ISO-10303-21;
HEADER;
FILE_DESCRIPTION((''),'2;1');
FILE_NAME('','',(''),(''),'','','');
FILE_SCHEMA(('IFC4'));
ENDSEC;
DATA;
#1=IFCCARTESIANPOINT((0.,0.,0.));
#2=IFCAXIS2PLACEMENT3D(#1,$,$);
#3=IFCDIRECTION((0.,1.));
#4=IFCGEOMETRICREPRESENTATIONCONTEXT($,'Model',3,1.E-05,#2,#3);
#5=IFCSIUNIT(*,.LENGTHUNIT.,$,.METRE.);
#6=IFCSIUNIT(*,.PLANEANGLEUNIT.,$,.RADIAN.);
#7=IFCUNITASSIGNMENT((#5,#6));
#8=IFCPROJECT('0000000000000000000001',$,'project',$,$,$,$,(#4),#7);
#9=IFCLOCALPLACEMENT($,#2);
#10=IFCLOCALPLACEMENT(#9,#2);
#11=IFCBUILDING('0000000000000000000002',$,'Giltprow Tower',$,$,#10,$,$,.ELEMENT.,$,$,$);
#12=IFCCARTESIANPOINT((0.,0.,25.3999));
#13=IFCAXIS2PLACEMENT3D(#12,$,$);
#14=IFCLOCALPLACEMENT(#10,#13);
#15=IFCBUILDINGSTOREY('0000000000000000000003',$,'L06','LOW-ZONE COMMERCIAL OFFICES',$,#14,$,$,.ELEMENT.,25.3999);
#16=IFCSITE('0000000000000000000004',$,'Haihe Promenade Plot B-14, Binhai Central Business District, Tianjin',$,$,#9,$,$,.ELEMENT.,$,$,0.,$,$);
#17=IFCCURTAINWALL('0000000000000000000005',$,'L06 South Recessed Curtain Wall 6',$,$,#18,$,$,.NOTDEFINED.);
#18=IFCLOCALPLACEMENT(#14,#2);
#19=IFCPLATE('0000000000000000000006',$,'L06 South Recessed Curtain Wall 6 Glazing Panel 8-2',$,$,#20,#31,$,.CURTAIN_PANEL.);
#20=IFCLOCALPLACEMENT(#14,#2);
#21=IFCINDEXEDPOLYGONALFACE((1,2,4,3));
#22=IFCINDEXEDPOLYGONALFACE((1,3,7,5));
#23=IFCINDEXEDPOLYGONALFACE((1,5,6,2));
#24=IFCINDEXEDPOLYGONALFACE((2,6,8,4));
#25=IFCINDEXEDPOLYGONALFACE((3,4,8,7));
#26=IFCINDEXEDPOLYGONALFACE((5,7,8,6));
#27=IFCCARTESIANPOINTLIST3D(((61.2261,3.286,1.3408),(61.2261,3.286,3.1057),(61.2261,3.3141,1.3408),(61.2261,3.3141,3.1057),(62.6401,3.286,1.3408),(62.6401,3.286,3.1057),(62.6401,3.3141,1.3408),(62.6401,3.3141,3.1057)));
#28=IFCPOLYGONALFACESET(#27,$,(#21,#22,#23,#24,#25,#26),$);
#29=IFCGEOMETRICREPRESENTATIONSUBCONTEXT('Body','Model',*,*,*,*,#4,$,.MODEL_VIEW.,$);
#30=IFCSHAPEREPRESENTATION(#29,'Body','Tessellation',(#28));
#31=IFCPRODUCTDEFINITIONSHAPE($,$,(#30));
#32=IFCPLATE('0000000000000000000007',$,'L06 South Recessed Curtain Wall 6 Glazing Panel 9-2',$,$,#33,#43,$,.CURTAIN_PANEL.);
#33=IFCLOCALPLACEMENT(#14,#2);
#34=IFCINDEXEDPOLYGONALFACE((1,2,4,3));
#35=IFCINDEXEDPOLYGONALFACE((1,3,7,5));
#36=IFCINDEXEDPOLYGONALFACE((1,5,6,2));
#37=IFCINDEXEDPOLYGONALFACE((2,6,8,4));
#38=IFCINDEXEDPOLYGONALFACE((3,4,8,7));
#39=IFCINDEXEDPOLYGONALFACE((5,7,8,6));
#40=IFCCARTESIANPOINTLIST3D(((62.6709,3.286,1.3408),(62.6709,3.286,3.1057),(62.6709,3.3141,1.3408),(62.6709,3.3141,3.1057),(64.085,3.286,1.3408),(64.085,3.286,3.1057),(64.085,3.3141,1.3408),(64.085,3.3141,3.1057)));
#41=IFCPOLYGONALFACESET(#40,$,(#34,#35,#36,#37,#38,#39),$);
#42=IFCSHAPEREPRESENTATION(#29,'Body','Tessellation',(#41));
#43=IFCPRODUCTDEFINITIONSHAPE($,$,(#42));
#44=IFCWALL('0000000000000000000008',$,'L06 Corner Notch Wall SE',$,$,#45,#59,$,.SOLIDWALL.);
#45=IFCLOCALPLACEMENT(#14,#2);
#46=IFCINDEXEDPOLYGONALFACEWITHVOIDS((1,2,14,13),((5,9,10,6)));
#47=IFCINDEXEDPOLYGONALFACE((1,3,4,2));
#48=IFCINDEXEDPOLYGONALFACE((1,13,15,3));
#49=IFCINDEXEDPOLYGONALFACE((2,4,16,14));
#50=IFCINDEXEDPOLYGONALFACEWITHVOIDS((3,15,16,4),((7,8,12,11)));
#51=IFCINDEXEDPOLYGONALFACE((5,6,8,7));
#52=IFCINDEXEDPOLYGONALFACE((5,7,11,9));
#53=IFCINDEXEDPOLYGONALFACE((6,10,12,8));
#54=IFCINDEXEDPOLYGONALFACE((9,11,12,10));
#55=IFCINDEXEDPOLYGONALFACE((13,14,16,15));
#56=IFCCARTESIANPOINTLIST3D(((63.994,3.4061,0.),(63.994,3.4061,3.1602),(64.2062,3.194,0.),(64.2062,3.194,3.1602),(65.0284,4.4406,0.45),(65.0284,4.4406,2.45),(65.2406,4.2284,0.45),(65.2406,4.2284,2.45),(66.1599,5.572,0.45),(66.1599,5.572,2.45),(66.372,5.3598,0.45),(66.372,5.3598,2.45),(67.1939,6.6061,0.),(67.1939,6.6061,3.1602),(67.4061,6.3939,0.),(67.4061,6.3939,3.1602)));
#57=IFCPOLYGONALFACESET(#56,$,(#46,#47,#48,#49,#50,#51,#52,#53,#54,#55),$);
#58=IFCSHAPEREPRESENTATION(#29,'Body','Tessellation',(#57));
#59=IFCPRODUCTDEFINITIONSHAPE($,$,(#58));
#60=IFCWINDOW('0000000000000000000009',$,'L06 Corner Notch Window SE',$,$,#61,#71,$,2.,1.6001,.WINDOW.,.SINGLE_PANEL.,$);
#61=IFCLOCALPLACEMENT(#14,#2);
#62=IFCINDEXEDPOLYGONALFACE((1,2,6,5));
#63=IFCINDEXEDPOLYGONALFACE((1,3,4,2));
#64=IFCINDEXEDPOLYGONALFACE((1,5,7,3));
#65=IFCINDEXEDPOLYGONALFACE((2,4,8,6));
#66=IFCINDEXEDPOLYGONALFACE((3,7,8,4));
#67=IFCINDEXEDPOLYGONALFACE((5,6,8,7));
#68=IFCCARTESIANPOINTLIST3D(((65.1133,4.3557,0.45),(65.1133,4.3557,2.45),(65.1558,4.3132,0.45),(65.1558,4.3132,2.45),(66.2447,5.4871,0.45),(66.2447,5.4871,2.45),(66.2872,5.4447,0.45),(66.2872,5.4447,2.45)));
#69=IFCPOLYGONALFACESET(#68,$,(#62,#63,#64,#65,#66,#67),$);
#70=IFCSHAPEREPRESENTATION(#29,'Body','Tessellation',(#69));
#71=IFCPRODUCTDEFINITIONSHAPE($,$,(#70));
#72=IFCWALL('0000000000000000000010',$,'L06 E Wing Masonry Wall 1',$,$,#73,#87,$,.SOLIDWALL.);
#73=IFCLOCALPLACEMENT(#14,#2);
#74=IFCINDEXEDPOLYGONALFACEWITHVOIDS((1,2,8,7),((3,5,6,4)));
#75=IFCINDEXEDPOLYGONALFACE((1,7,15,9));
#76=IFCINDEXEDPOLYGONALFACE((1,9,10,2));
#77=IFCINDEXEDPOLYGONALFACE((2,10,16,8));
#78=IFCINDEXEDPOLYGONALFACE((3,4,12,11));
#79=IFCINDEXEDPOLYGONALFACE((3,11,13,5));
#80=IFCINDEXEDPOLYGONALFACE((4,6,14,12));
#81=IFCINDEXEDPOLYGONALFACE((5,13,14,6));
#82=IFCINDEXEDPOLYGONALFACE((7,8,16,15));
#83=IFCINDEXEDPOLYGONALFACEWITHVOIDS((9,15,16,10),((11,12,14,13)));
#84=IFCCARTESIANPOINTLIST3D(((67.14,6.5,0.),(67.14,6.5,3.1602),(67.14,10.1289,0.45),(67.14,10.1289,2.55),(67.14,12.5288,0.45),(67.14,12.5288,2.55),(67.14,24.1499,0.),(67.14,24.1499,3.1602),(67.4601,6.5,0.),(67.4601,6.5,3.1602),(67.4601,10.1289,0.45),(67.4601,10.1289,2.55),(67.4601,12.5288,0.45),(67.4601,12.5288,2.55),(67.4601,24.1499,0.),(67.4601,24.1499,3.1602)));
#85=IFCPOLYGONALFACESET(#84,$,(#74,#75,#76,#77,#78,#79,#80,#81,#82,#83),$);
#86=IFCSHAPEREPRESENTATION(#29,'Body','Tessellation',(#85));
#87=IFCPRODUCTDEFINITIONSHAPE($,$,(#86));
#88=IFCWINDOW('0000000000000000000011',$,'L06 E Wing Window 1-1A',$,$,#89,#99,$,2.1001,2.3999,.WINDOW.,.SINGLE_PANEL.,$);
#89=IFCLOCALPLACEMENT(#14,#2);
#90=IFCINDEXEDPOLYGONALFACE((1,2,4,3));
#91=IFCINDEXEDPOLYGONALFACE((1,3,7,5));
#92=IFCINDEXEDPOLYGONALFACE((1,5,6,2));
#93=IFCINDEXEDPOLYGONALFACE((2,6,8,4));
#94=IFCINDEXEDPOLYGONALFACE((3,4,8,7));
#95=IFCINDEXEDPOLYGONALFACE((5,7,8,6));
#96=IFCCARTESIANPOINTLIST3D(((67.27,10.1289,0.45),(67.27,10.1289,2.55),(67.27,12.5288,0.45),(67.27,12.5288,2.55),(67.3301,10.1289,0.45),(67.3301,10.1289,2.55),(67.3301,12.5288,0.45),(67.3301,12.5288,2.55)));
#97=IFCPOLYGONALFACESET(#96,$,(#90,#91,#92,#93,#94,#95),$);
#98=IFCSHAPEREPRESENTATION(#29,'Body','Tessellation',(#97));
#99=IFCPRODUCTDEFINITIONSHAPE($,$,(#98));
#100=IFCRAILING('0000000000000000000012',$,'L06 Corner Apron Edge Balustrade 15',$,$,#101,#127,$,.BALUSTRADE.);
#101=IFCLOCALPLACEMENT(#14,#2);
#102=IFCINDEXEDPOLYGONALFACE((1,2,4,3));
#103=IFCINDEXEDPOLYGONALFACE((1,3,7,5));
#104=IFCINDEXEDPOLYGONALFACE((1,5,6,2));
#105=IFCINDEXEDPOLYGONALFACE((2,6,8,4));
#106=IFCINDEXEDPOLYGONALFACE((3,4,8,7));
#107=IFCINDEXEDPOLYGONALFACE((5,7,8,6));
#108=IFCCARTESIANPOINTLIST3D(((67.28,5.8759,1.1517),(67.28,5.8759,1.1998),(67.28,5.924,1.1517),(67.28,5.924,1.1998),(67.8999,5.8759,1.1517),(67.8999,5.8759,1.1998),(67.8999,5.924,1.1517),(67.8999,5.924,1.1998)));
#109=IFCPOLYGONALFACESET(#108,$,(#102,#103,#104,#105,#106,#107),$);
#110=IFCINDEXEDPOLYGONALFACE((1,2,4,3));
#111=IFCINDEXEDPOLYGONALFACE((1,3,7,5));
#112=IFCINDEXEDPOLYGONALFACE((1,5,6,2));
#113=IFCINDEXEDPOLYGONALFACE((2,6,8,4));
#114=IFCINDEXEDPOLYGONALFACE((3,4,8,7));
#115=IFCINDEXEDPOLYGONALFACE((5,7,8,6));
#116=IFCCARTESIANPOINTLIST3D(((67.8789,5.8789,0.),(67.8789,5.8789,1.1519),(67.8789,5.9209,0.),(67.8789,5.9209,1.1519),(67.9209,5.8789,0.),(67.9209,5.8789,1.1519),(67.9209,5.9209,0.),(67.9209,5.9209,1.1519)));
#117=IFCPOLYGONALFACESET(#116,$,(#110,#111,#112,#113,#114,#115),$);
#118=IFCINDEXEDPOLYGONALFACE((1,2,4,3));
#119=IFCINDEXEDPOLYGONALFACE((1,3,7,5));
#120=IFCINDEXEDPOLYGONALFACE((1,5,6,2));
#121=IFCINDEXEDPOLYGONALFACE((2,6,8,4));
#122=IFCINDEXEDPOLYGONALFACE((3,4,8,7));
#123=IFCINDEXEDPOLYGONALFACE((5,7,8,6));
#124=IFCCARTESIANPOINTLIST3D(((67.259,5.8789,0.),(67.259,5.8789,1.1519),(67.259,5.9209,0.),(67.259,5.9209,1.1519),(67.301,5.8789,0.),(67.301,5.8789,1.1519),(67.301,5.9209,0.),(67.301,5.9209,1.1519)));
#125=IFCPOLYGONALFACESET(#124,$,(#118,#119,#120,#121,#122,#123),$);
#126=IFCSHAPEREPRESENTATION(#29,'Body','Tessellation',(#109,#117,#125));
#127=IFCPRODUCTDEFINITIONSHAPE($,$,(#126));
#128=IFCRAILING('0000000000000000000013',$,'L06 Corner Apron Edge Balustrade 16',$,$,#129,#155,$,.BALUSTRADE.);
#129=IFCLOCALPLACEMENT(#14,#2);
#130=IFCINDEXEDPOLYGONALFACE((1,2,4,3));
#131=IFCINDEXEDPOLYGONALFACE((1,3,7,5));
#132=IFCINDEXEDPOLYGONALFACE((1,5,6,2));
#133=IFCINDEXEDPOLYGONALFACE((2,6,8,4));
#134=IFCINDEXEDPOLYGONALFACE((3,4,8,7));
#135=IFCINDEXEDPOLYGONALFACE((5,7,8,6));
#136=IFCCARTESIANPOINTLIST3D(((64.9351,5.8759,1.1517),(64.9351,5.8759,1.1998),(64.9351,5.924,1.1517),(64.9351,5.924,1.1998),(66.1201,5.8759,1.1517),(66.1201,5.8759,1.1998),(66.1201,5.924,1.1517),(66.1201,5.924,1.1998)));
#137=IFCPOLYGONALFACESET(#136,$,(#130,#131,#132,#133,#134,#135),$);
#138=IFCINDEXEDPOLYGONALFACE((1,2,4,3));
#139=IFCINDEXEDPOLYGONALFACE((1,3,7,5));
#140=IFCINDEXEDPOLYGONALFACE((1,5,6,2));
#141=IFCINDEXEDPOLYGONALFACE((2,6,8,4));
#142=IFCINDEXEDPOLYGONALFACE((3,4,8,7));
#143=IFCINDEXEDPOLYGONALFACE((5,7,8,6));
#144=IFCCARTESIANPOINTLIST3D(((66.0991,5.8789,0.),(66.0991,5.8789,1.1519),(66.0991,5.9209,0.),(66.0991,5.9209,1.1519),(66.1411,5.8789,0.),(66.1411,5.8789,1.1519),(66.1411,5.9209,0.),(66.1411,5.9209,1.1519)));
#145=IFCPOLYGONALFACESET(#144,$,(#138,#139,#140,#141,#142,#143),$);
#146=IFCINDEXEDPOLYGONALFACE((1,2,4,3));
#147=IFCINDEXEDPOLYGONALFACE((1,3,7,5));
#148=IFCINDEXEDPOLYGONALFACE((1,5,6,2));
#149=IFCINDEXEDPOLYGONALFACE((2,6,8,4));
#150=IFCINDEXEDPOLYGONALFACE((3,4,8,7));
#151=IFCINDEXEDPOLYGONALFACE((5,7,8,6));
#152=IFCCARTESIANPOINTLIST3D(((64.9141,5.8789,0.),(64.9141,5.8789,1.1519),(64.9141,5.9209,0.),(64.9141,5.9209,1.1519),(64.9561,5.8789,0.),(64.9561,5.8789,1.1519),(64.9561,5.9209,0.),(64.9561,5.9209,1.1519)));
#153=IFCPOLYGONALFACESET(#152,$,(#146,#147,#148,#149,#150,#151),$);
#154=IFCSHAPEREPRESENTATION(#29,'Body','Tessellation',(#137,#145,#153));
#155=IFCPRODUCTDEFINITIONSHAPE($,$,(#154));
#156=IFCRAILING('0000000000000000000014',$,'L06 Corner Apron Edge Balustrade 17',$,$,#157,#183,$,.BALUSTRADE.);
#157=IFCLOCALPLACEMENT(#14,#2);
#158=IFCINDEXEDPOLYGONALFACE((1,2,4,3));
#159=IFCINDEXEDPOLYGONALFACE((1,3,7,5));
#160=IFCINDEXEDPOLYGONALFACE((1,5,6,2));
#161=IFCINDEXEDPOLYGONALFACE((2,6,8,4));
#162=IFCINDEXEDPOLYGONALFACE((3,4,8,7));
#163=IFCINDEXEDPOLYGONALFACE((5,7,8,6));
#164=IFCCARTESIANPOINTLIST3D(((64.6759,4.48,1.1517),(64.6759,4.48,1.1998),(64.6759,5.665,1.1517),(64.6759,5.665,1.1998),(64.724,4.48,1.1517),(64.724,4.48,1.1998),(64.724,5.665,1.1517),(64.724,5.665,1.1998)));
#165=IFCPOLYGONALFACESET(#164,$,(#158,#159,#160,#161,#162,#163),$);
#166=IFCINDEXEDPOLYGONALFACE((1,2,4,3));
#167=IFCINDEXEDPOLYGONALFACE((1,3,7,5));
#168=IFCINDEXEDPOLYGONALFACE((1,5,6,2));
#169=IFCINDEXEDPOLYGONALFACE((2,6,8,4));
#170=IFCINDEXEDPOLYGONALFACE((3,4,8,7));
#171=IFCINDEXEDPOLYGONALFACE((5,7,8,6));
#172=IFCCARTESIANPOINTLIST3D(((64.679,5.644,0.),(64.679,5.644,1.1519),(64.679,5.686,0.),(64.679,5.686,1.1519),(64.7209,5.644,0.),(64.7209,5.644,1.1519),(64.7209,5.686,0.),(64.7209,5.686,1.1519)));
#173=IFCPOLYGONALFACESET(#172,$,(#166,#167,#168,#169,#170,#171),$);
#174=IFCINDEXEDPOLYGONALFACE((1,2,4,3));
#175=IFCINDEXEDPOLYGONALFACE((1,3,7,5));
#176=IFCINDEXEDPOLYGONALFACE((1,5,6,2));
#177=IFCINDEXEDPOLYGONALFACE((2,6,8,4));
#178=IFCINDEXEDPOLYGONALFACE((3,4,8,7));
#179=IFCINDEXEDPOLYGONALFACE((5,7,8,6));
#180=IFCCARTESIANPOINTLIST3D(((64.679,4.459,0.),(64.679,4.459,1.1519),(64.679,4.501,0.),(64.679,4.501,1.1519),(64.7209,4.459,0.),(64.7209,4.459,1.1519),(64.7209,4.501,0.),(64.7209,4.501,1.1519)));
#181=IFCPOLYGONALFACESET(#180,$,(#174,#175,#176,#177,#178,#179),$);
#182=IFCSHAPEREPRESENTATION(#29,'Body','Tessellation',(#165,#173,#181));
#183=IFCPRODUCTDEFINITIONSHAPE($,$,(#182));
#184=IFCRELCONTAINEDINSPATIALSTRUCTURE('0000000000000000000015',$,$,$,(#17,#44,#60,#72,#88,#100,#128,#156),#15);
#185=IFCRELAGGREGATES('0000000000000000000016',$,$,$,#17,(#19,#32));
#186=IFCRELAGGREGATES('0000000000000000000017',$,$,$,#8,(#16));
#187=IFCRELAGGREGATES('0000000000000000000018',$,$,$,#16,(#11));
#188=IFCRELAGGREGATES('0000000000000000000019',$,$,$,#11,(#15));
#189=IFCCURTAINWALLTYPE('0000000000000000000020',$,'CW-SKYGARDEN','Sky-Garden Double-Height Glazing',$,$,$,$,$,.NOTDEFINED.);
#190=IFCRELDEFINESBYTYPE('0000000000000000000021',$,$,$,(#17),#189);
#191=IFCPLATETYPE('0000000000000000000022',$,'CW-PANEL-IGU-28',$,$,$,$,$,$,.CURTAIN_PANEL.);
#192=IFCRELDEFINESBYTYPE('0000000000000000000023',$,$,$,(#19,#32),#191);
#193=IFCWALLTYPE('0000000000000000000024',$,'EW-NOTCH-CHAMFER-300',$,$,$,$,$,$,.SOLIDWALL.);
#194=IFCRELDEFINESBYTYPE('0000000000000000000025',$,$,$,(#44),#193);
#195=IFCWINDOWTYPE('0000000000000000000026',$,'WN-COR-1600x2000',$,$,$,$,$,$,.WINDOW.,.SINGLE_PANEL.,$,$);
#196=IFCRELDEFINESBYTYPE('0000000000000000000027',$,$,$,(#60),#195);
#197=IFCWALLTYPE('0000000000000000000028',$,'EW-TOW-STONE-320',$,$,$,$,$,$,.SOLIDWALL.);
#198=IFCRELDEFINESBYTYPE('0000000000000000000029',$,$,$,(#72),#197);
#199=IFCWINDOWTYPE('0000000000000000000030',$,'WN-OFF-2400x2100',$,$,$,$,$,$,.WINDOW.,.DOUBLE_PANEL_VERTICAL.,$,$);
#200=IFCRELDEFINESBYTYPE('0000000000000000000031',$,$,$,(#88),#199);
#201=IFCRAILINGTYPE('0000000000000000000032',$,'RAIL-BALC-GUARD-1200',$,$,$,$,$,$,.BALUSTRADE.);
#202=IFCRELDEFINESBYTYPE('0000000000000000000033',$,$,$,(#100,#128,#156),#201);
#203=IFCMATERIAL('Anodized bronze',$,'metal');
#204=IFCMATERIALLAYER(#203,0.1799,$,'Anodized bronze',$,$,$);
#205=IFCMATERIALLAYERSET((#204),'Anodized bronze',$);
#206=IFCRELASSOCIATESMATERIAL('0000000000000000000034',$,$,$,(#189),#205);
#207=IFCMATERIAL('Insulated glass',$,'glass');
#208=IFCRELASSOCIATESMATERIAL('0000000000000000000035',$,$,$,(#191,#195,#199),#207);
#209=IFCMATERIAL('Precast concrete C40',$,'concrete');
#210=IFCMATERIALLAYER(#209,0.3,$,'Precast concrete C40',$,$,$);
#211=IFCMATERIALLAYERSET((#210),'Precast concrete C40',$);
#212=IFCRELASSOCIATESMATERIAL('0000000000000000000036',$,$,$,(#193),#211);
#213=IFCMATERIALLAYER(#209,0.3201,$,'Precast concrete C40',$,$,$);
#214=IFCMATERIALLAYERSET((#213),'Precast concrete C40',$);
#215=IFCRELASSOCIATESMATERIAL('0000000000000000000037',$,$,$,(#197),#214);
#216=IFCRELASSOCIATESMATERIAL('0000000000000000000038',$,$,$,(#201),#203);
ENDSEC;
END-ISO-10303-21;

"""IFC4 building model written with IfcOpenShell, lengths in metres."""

from ifc_helpers import new_model, si_unit, direction, frame, frame_2d, origin, origin_2d, place, context, subcontext, project, spatial, rectangle, extrude, source, transform, mapped, material, layer, layer_set, type_object, element, fill, aggregate, save


model = new_model("IFC4")

# Units and contexts
model_context = context("Model", 3, precision=1e-05, world=origin(), true_north=direction((0.0, 1.0)))
body_context = subcontext(model_context, "Body", "Model", "MODEL_VIEW")
ifc_project = project(units=[si_unit("LENGTHUNIT", "METRE"), si_unit("PLANEANGLEUNIT", "RADIAN")], contexts=[model_context])

# Site, building, storey
site_placement = place(None, origin())
site = spatial("IfcSite", under=ifc_project, at=site_placement, Name="Haihe Promenade Plot B-14, Binhai Central Business District, Tianjin", CompositionType="ELEMENT", RefElevation=0.0)
building_placement = place(site_placement, origin())
building = spatial("IfcBuilding", under=site, at=building_placement, Name="Giltprow Tower", CompositionType="ELEMENT")
storey_placement = place(building_placement, frame((0.0, 0.0, 25.3999)))
storey = spatial("IfcBuildingStorey", under=building, at=storey_placement, Name="L06", Description="LOW-ZONE COMMERCIAL OFFICES", CompositionType="ELEMENT", Elevation=25.3999)

# Curtain wall, plates
ifc_material_1 = material(Name="Anodized bronze", Category="metal")
ifc_layer_1 = layer(ifc_material_1, 0.1799, Name="Anodized bronze")
ifc_layer_set_1 = layer_set([ifc_layer_1], Name="Anodized bronze")
curtain_wall_type = type_object("IfcCurtainWallType", Name="CW-SKYGARDEN", Description="Sky-Garden Double-Height Glazing", PredefinedType="NOTDEFINED", material=ifc_layer_set_1)
curtain_wall_placement = place(storey_placement, origin())
curtain_wall = element("IfcCurtainWall", 1, at=curtain_wall_placement, inside=storey, type_object=curtain_wall_type, Name="L06 South Recessed Curtain Wall 6", PredefinedType="NOTDEFINED")
ifc_material_2 = material(Name="Insulated glass", Category="glass")
plate_type = type_object("IfcPlateType", Name="CW-PANEL-IGU-28", PredefinedType="CURTAIN_PANEL", material=ifc_material_2)
shared_shape_1 = source(origin(), body_context, "Body", "SweptSolid", [
    extrude(rectangle(XDim=1.4141, YDim=0.0281, at=origin_2d()), origin(), (0.0, 0.0, 1.0), 1.7649),
])
plate_1_placement = place(storey_placement, frame((61.9331, 3.3, 1.3408), z_axis=(0.0, 0.0, 1.0), x_axis=(1.0, 0.0, 0.0)))
plate_1 = element("IfcPlate", 2, at=plate_1_placement, type_object=plate_type, Name="L06 South Recessed Curtain Wall 6 Glazing Panel 8-2", PredefinedType="CURTAIN_PANEL", context=body_context, shape_type="MappedRepresentation", body=[
    mapped(shared_shape_1, transform((0.0, 0.0, 0.0), x_axis=(1.0, 0.0, 0.0), y_axis=(0.0, 1.0, 0.0), z_axis=(0.0, 0.0, 1.0), scale=1.0)),
])
plate_2_placement = place(storey_placement, frame((63.3779, 3.3, 1.3408), z_axis=(0.0, 0.0, 1.0), x_axis=(1.0, 0.0, 0.0)))
plate_2 = element("IfcPlate", 3, at=plate_2_placement, type_object=plate_type, Name="L06 South Recessed Curtain Wall 6 Glazing Panel 9-2", PredefinedType="CURTAIN_PANEL", context=body_context, shape_type="MappedRepresentation", body=[
    mapped(shared_shape_1, transform((0.0, 0.0, 0.0), x_axis=(1.0, 0.0, 0.0), y_axis=(0.0, 1.0, 0.0), z_axis=(0.0, 0.0, 1.0), scale=1.0)),
])
aggregate(curtain_wall, [plate_1, plate_2])

# Walls, openings, windows
ifc_material_3 = material(Name="Precast concrete C40", Category="concrete")
ifc_layer_2 = layer(ifc_material_3, 0.3, Name="Precast concrete C40")
ifc_layer_set_2 = layer_set([ifc_layer_2], Name="Precast concrete C40")
wall_type_1 = type_object("IfcWallType", Name="EW-NOTCH-CHAMFER-300", PredefinedType="SOLIDWALL", material=ifc_layer_set_2)
wall_1_placement = place(storey_placement, frame((64.1001, 3.3, 0.0), z_axis=(0.0, 0.0, 1.0), x_axis=(0.707107, 0.707107, 0.0)))
wall_1 = element("IfcWall", 4, at=wall_1_placement, inside=storey, type_object=wall_type_1, Name="L06 Corner Notch Wall SE", PredefinedType="SOLIDWALL", context=body_context, shape_type="SweptSolid", body=[
    extrude(rectangle(XDim=4.5254, YDim=0.3, at=frame_2d((2.2627, 0.0))), origin(), (0.0, 0.0, 1.0), 3.1602),
])
opening_1_placement = place(wall_1_placement, frame((1.4629, 0.0, 0.45)))
opening_1 = element("IfcOpeningElement", 5, at=opening_1_placement, cuts=wall_1, PredefinedType="OPENING", context=body_context, shape_type="SweptSolid", body=[
    extrude(rectangle(XDim=1.6001, YDim=2.0, at=frame_2d((0.8, 1.0))), frame((0.0, 0.1599, 0.0), z_axis=(0.0, -1.0, 0.0), x_axis=(1.0, 0.0, 0.0)), (0.0, 0.0, 1.0), 0.3201),
])
window_type_1 = type_object("IfcWindowType", Name="WN-COR-1600x2000", PartitioningType="SINGLE_PANEL", PredefinedType="WINDOW", material=ifc_material_2)
shared_shape_2 = source(origin(), body_context, "Body", "SweptSolid", [
    extrude(rectangle(XDim=1.6001, YDim=2.0, at=frame_2d((0.8, 1.0))), frame((0.0, 0.03, 0.0), z_axis=(0.0, -1.0, 0.0), x_axis=(1.0, 0.0, 0.0)), (0.0, 0.0, 1.0), 0.0601),
])
window_1_placement = place(opening_1_placement, origin())
window_1 = element("IfcWindow", 6, at=window_1_placement, inside=storey, type_object=window_type_1, Name="L06 Corner Notch Window SE", OverallHeight=2.0, OverallWidth=1.6001, PartitioningType="SINGLE_PANEL", PredefinedType="WINDOW", context=body_context, shape_type="MappedRepresentation", body=[
    mapped(shared_shape_2, transform((0.0, 0.0, 0.0), x_axis=(1.0, 0.0, 0.0), y_axis=(0.0, 1.0, 0.0), z_axis=(0.0, 0.0, 1.0), scale=1.0)),
])
fill(opening_1, window_1)
ifc_layer_3 = layer(ifc_material_3, 0.3201, Name="Precast concrete C40")
ifc_layer_set_3 = layer_set([ifc_layer_3], Name="Precast concrete C40")
wall_type_2 = type_object("IfcWallType", Name="EW-TOW-STONE-320", PredefinedType="SOLIDWALL", material=ifc_layer_set_3)
wall_2_placement = place(storey_placement, frame((67.3, 6.5, 0.0), z_axis=(0.0, 0.0, 1.0), x_axis=(0.0, 1.0, 0.0)))
wall_2 = element("IfcWall", 7, at=wall_2_placement, inside=storey, type_object=wall_type_2, Name="L06 E Wing Masonry Wall 1", PredefinedType="SOLIDWALL", context=body_context, shape_type="SweptSolid", body=[
    extrude(rectangle(XDim=17.6499, YDim=0.3201, at=frame_2d((8.825, 0.0))), origin(), (0.0, 0.0, 1.0), 3.1602),
])
opening_2_placement = place(wall_2_placement, frame((3.6289, 0.0, 0.45)))
opening_2 = element("IfcOpeningElement", 8, at=opening_2_placement, cuts=wall_2, PredefinedType="OPENING", context=body_context, shape_type="SweptSolid", body=[
    extrude(rectangle(XDim=2.3999, YDim=2.1001, at=frame_2d((1.2, 1.05))), frame((0.0, 0.1699, 0.0), z_axis=(0.0, -1.0, 0.0), x_axis=(1.0, 0.0, 0.0)), (0.0, 0.0, 1.0), 0.3401),
])
window_type_2 = type_object("IfcWindowType", Name="WN-OFF-2400x2100", PartitioningType="DOUBLE_PANEL_VERTICAL", PredefinedType="WINDOW", material=ifc_material_2)
shared_shape_3 = source(origin(), body_context, "Body", "SweptSolid", [
    extrude(rectangle(XDim=2.3999, YDim=2.1001, at=frame_2d((1.2, 1.05))), frame((0.0, 0.03, 0.0), z_axis=(0.0, -1.0, 0.0), x_axis=(1.0, 0.0, 0.0)), (0.0, 0.0, 1.0), 0.0601),
])
window_2_placement = place(opening_2_placement, origin())
window_2 = element("IfcWindow", 9, at=window_2_placement, inside=storey, type_object=window_type_2, Name="L06 E Wing Window 1-1A", OverallHeight=2.1001, OverallWidth=2.3999, PartitioningType="SINGLE_PANEL", PredefinedType="WINDOW", context=body_context, shape_type="MappedRepresentation", body=[
    mapped(shared_shape_3, transform((0.0, 0.0, 0.0), x_axis=(1.0, 0.0, 0.0), y_axis=(0.0, 1.0, 0.0), z_axis=(0.0, 0.0, 1.0), scale=1.0)),
])
fill(opening_2, window_2)

# Railings
railing_type_1 = type_object("IfcRailingType", Name="RAIL-BALC-GUARD-1200", PredefinedType="BALUSTRADE", material=ifc_material_1)
railing_1_placement = place(storey_placement, frame((67.8999, 5.8999, 0.0)))
element("IfcRailing", 10, at=railing_1_placement, inside=storey, type_object=railing_type_1, Name="L06 Corner Apron Edge Balustrade 15", PredefinedType="BALUSTRADE", context=body_context, shape_type="SweptSolid", body=[
    extrude(rectangle(XDim=0.0481, YDim=0.0481, at=origin_2d()), frame((0.0, 0.0, 1.1758), z_axis=(-1.0, 0.0, 0.0), x_axis=(0.0, -1.0, 0.0)), (0.0, 0.0, 1.0), 0.6199),
    extrude(rectangle(XDim=0.042, YDim=0.042, at=origin_2d()), origin(), (0.0, 0.0, 1.0), 1.1519),
    extrude(rectangle(XDim=0.042, YDim=0.042, at=origin_2d()), frame((-0.6199, 0.0, 0.0)), (0.0, 0.0, 1.0), 1.1519),
])
railing_2_placement = place(storey_placement, frame((66.1201, 5.8999, 0.0)))
element("IfcRailing", 11, at=railing_2_placement, inside=storey, type_object=railing_type_1, Name="L06 Corner Apron Edge Balustrade 16", PredefinedType="BALUSTRADE", context=body_context, shape_type="SweptSolid", body=[
    extrude(rectangle(XDim=0.0481, YDim=0.0481, at=origin_2d()), frame((0.0, 0.0, 1.1758), z_axis=(-1.0, 0.0, 0.0), x_axis=(0.0, -1.0, 0.0)), (0.0, 0.0, 1.0), 1.1851),
    extrude(rectangle(XDim=0.042, YDim=0.042, at=origin_2d()), origin(), (0.0, 0.0, 1.0), 1.1519),
    extrude(rectangle(XDim=0.042, YDim=0.042, at=origin_2d()), frame((-1.1851, 0.0, 0.0)), (0.0, 0.0, 1.0), 1.1519),
])
railing_3_placement = place(storey_placement, frame((64.7, 5.665, 0.0)))
element("IfcRailing", 12, at=railing_3_placement, inside=storey, type_object=railing_type_1, Name="L06 Corner Apron Edge Balustrade 17", PredefinedType="BALUSTRADE", context=body_context, shape_type="SweptSolid", body=[
    extrude(rectangle(XDim=0.0481, YDim=0.0481, at=origin_2d()), frame((0.0, 0.0, 1.1758), z_axis=(0.0, -1.0, 0.0), x_axis=(1.0, 0.0, 0.0)), (0.0, 0.0, 1.0), 1.1851),
    extrude(rectangle(XDim=0.042, YDim=0.042, at=origin_2d()), origin(), (0.0, 0.0, 1.0), 1.1519),
    extrude(rectangle(XDim=0.042, YDim=0.042, at=origin_2d()), frame((0.0, -1.1851, 0.0)), (0.0, 0.0, 1.0), 1.1519),
])

save(model, "model.ifc")
